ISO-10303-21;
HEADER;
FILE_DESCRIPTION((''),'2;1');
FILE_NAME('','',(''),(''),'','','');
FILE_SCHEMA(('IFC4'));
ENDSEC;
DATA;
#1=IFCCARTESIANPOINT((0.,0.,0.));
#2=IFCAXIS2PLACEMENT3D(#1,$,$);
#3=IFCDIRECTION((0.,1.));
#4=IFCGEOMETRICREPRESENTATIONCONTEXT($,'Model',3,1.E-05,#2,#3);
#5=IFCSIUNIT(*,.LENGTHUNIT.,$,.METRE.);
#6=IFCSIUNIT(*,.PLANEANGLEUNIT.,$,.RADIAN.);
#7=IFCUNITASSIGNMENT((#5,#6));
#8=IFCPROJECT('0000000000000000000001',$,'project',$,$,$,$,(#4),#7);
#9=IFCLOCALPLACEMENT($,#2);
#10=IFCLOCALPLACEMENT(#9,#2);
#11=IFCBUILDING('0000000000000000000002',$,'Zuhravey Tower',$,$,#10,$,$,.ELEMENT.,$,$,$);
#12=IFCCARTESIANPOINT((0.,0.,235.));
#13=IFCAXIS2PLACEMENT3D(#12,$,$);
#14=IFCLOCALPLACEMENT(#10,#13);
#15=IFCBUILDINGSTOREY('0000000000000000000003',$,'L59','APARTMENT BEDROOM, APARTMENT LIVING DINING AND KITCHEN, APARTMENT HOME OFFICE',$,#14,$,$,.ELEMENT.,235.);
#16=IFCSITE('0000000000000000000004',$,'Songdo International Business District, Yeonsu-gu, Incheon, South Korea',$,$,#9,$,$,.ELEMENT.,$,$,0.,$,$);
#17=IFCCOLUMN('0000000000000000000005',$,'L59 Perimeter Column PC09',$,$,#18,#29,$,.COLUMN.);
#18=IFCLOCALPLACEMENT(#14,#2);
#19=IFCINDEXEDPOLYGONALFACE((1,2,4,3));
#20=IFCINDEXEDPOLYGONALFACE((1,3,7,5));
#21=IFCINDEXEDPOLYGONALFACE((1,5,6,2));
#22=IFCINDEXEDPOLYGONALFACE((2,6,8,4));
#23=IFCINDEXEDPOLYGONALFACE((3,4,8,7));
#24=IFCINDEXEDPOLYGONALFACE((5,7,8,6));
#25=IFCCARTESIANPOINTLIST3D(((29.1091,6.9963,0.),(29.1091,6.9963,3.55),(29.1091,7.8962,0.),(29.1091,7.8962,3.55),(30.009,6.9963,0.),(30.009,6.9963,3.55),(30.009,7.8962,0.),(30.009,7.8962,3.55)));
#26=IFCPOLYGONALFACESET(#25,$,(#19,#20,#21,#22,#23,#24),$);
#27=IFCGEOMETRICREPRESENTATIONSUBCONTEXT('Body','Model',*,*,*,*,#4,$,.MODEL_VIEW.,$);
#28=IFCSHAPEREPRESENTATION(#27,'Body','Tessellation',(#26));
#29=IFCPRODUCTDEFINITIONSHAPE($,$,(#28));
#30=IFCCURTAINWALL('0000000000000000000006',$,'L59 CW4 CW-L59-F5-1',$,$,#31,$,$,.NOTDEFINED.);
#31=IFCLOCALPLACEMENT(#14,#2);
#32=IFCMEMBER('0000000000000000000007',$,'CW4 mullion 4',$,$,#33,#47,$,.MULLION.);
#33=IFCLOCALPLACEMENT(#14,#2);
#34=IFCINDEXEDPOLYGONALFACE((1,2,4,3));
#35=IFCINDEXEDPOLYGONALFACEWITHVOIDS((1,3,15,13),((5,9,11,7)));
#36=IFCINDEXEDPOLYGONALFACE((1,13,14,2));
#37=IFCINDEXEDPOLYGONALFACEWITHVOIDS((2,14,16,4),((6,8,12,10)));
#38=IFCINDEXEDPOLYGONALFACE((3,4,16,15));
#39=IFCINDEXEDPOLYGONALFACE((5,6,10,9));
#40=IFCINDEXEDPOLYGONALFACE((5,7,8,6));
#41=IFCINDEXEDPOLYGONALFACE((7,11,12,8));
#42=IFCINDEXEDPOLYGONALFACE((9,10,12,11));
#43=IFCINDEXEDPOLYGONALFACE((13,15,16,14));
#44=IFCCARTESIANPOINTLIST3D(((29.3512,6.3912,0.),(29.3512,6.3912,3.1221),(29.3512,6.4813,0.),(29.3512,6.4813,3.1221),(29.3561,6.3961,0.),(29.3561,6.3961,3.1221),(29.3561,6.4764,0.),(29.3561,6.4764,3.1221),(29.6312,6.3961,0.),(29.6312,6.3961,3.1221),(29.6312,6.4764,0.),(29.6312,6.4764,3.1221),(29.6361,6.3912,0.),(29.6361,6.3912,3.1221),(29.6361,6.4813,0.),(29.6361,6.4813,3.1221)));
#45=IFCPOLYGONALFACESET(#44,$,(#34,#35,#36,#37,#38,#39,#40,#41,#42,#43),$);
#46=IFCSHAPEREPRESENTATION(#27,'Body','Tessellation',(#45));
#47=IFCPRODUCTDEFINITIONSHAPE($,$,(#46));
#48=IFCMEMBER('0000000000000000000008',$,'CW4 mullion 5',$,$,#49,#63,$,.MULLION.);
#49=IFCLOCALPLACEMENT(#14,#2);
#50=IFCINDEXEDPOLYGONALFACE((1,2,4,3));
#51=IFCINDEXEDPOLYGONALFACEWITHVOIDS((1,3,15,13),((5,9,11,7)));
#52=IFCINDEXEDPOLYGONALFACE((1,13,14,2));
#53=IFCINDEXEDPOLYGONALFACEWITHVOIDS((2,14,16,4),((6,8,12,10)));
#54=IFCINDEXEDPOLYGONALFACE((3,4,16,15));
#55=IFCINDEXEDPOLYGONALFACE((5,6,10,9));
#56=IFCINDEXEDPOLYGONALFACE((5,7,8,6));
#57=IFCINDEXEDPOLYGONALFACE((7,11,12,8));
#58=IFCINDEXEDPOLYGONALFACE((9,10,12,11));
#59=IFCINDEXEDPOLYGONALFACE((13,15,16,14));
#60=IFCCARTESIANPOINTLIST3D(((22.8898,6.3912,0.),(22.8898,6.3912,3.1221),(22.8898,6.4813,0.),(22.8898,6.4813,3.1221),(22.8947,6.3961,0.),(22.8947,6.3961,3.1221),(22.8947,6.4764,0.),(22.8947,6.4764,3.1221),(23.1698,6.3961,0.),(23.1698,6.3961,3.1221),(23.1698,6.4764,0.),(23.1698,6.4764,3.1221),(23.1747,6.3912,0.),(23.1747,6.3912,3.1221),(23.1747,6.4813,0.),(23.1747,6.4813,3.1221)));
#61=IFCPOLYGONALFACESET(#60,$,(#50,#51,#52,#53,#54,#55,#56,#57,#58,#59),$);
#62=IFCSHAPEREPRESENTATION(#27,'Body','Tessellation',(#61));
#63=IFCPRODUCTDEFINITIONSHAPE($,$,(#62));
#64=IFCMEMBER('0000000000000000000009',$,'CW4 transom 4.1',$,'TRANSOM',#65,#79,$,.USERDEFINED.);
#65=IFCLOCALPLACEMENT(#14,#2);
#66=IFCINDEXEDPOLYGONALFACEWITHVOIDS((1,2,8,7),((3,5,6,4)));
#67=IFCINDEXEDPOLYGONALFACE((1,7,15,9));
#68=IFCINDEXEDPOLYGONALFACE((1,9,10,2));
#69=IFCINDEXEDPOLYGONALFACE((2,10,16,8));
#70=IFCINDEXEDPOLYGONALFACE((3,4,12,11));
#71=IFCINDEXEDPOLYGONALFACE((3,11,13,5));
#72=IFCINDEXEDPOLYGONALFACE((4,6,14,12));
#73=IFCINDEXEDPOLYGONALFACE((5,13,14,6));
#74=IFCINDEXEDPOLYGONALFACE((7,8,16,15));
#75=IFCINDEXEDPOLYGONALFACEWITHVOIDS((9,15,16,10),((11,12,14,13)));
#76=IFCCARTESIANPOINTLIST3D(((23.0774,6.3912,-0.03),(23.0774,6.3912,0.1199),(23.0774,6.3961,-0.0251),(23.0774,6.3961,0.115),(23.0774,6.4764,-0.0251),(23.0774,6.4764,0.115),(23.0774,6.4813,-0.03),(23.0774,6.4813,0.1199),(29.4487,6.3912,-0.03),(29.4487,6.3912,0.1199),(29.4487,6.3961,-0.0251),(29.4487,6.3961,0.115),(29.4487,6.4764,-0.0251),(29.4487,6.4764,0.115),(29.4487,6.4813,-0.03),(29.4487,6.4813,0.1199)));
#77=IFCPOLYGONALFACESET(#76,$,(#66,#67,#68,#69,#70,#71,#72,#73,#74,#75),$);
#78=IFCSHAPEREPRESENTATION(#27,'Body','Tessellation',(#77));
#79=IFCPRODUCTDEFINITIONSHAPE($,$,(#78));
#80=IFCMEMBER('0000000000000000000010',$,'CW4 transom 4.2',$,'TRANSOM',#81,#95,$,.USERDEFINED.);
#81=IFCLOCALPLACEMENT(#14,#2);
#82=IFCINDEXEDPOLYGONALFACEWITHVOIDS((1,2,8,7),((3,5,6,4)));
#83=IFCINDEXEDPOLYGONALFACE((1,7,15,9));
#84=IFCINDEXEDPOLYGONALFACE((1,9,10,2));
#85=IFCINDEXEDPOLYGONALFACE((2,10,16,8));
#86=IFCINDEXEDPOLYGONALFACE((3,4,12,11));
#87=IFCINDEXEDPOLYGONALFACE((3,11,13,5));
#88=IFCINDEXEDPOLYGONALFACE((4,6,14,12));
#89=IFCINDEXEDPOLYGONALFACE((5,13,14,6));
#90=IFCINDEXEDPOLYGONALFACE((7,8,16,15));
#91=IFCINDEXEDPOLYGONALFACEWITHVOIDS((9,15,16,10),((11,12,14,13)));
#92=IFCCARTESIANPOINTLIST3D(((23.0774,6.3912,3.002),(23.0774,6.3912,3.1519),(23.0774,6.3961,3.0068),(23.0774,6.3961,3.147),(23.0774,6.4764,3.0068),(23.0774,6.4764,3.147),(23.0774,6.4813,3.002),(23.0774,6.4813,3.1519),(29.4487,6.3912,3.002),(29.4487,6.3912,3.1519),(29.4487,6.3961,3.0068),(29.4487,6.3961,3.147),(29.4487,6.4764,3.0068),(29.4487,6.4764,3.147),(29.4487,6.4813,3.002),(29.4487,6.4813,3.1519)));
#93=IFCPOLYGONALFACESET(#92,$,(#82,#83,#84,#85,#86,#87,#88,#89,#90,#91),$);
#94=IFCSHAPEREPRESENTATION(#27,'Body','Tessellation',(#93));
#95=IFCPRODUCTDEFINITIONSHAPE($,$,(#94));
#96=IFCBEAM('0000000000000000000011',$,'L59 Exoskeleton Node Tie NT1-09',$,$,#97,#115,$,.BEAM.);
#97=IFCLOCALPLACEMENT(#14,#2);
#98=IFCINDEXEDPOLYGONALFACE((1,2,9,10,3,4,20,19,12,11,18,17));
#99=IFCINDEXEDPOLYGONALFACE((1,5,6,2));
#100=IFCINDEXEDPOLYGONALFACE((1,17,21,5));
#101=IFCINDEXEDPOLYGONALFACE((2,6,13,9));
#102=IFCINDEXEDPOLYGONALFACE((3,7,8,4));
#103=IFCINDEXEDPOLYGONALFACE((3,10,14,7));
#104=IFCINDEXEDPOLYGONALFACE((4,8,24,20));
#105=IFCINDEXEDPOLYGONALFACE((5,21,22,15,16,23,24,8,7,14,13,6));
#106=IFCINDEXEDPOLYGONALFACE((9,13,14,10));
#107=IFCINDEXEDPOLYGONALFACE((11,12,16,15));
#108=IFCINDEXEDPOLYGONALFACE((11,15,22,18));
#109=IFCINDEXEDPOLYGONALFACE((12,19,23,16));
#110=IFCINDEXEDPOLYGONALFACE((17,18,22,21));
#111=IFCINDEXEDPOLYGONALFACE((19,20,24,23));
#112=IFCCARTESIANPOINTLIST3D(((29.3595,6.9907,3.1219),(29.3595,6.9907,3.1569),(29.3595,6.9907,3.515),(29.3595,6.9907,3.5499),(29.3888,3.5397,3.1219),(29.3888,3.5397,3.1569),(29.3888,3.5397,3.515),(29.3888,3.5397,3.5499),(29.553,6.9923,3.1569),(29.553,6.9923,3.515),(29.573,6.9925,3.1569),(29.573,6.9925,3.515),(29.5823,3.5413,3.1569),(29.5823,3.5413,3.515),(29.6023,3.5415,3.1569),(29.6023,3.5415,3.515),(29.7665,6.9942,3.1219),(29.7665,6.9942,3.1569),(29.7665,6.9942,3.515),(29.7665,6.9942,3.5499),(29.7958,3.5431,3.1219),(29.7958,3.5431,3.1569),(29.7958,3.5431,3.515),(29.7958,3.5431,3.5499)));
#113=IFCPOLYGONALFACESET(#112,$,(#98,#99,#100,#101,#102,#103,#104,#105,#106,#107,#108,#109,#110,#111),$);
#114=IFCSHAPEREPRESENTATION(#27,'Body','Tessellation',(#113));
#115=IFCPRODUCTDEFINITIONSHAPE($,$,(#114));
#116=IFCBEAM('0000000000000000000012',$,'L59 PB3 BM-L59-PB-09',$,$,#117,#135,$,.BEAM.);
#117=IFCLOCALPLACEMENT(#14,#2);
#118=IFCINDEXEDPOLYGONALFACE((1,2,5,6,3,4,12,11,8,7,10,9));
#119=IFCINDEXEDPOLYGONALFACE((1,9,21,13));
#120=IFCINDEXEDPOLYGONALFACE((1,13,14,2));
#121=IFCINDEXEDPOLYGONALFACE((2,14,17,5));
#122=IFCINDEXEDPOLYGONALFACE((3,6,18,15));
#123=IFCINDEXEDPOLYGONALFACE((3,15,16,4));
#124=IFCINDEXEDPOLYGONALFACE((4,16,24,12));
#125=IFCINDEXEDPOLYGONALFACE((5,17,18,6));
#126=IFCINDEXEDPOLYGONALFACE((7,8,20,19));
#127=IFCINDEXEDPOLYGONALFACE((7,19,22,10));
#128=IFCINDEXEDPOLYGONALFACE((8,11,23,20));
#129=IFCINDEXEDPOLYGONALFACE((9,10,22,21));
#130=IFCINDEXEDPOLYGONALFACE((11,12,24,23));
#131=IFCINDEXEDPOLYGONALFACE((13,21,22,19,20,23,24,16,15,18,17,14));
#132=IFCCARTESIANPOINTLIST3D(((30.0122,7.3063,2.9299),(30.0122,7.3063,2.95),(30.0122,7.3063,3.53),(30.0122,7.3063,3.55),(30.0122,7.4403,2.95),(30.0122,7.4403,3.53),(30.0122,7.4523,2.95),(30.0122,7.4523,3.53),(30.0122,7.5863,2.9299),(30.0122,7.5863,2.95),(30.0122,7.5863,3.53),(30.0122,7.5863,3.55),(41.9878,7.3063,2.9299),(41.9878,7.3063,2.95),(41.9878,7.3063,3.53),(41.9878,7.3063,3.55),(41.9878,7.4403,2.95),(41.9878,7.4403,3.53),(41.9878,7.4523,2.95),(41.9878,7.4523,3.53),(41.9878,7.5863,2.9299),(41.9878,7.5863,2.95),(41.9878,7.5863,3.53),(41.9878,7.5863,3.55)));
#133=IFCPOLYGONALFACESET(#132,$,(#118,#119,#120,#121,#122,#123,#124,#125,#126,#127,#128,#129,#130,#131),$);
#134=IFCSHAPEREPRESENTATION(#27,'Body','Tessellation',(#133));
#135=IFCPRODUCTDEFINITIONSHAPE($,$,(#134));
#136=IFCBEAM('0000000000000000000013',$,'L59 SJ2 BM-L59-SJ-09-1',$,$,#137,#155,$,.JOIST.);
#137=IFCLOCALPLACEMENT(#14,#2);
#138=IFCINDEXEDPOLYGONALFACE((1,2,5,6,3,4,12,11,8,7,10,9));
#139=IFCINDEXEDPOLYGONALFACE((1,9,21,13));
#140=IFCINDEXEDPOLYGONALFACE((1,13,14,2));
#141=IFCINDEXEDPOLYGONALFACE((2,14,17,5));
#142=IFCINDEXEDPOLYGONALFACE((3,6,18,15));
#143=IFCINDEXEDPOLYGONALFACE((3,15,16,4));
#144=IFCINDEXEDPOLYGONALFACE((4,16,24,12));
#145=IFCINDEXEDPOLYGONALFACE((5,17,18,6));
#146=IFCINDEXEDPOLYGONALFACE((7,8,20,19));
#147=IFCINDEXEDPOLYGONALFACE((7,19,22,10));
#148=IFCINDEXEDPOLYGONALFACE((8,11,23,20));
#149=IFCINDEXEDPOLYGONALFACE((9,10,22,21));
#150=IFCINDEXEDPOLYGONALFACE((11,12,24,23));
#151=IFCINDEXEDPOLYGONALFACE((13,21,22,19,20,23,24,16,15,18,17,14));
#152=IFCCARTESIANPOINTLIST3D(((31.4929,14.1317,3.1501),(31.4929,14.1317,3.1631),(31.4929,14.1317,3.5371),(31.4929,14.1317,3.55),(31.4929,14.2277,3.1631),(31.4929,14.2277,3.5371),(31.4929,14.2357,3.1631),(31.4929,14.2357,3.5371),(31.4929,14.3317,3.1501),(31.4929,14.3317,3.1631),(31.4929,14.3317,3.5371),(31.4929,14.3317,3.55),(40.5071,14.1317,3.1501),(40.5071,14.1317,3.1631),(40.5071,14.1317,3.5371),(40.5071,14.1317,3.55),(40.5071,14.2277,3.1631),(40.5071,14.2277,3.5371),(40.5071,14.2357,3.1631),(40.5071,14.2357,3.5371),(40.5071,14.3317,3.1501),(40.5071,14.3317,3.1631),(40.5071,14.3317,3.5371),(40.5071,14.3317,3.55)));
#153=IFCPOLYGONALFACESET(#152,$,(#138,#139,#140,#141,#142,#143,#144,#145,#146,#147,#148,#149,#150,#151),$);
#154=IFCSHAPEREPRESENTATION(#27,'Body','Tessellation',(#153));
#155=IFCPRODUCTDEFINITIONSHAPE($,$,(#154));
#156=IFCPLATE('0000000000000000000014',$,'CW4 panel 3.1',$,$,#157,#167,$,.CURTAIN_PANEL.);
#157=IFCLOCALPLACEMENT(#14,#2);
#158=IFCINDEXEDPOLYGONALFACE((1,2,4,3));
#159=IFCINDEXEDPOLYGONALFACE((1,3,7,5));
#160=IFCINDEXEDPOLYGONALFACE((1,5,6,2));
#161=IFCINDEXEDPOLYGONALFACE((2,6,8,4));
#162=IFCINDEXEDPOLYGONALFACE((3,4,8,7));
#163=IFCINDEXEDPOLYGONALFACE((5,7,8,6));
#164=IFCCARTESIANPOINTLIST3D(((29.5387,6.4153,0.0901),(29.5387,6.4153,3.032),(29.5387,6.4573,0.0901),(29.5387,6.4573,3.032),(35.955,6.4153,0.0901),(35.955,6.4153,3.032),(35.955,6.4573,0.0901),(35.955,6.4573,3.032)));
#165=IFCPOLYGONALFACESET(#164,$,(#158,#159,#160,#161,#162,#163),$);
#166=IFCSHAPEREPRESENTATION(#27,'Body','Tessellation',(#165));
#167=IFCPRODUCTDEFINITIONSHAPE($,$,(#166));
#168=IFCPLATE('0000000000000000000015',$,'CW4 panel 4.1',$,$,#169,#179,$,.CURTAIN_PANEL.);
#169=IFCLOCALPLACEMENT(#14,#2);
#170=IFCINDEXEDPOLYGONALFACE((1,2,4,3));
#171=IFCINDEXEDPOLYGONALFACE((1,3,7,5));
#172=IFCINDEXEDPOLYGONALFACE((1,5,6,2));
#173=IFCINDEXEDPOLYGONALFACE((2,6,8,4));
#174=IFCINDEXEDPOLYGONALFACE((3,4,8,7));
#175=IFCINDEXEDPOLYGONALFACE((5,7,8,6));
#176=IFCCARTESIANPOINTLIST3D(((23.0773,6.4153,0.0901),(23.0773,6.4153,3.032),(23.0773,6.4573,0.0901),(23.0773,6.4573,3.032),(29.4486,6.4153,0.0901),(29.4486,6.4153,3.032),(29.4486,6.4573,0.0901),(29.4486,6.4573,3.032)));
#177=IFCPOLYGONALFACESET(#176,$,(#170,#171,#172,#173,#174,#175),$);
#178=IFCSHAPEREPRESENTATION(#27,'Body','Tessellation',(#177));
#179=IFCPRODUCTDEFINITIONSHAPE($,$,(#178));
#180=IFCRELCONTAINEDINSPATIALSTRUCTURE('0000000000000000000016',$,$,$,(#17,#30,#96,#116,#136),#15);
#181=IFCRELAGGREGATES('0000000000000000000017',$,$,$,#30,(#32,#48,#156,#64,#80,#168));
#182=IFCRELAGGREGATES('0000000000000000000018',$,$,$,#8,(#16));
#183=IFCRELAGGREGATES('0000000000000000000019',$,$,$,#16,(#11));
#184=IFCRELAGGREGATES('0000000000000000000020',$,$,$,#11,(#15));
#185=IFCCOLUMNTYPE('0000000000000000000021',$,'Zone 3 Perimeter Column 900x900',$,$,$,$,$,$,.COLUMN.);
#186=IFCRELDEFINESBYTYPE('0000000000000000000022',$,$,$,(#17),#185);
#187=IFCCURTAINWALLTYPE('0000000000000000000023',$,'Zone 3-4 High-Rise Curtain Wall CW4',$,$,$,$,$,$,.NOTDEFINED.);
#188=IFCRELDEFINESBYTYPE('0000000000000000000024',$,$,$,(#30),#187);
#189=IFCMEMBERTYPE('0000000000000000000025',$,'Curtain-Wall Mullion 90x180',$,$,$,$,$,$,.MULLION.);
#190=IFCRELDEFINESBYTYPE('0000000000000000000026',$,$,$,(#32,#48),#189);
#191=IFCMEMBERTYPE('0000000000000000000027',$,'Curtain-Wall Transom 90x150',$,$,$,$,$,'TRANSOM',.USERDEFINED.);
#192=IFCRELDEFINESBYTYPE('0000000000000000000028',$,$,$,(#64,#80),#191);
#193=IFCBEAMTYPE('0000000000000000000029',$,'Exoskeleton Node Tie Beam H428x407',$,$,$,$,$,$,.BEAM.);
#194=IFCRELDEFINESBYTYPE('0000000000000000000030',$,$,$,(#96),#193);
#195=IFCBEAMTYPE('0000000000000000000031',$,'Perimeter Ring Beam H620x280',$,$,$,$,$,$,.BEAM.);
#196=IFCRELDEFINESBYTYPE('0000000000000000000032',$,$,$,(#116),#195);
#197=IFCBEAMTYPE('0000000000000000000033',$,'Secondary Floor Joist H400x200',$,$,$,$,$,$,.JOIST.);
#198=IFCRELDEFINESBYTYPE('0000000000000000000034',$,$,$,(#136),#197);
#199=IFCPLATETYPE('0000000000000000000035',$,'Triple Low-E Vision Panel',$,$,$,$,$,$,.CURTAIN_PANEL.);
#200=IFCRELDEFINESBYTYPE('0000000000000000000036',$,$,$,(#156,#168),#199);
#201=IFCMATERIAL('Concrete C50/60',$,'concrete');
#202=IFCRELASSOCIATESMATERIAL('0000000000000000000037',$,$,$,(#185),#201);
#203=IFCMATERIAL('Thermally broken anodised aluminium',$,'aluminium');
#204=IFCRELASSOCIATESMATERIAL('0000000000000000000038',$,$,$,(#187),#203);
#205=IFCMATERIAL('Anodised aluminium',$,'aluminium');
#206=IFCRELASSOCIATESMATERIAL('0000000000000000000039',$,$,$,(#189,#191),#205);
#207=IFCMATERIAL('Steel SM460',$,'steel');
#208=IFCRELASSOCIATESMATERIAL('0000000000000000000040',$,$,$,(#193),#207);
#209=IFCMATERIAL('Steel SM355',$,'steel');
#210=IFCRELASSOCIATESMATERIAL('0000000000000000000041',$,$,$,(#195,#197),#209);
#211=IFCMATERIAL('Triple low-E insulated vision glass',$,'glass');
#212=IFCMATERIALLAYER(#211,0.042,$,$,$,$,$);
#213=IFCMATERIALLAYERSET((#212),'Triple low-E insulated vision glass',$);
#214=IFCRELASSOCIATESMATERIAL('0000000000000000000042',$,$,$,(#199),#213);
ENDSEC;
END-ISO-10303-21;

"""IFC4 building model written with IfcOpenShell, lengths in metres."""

from ifc_helpers import new_model, si_unit, direction, frame, origin, origin_2d, place, context, subcontext, project, spatial, rectangle, hollow_rectangle, i_section, extrude, material, layer, layer_set, material_profile, profile_set, type_object, element, aggregate, save


model = new_model("IFC4")

# Units and contexts
model_context = context("Model", 3, precision=1e-05, world=origin(), true_north=direction((0.0, 1.0)))
body_context = subcontext(model_context, "Body", "Model", "MODEL_VIEW")
ifc_project = project(units=[si_unit("LENGTHUNIT", "METRE"), si_unit("PLANEANGLEUNIT", "RADIAN")], contexts=[model_context])

# Site, building, storey
site_placement = place(None, origin())
site = spatial("IfcSite", under=ifc_project, at=site_placement, Name="Songdo International Business District, Yeonsu-gu, Incheon, South Korea", CompositionType="ELEMENT", RefElevation=0.0)
building_placement = place(site_placement, origin())
building = spatial("IfcBuilding", under=site, at=building_placement, Name="Zuhravey Tower", CompositionType="ELEMENT")
storey_placement = place(building_placement, frame((0.0, 0.0, 235.0)))
storey = spatial("IfcBuildingStorey", under=building, at=storey_placement, Name="L59", Description="APARTMENT BEDROOM, APARTMENT LIVING DINING AND KITCHEN, APARTMENT HOME OFFICE", CompositionType="ELEMENT", Elevation=235.0)

# Column
ifc_material_1 = material(Name="Concrete C50/60", Category="concrete")
ifc_material_profile_1 = material_profile(ifc_material_1, rectangle(XDim=0.8999, YDim=0.8999, at=origin_2d()), Name="RC-900x900")
ifc_profile_set_1 = profile_set([ifc_material_profile_1], Name="Concrete C50/60")
column_type = type_object("IfcColumnType", Name="Zone 3 Perimeter Column 900x900", PredefinedType="COLUMN", material=ifc_profile_set_1)
column_placement = place(storey_placement, frame((29.5591, 7.4463, 0.0), z_axis=(0.0, 0.0, 1.0), x_axis=(1.0, 0.0, 0.0)))
element("IfcColumn", 1, at=column_placement, inside=storey, type_object=column_type, Name="L59 Perimeter Column PC09", PredefinedType="COLUMN", context=body_context, shape_type="SweptSolid", body=[
    extrude(rectangle(XDim=0.8999, YDim=0.8999, at=origin_2d()), origin(), (0.0, 0.0, 1.0), 3.55),
])

# Curtain wall, members
ifc_material_2 = material(Name="Thermally broken anodised aluminium", Category="aluminium")
curtain_wall_type = type_object("IfcCurtainWallType", Name="Zone 3-4 High-Rise Curtain Wall CW4", PredefinedType="NOTDEFINED", material=ifc_material_2)
curtain_wall_placement = place(storey_placement, origin())
curtain_wall = element("IfcCurtainWall", 2, at=curtain_wall_placement, inside=storey, type_object=curtain_wall_type, Name="L59 CW4 CW-L59-F5-1", PredefinedType="NOTDEFINED")
ifc_material_3 = material(Name="Anodised aluminium", Category="aluminium")
ifc_material_profile_2 = material_profile(ifc_material_3, hollow_rectangle(XDim=0.0901, YDim=0.2849, WallThickness=0.0049, at=origin_2d()), Name="ALU-RHS-90x285x5")
ifc_profile_set_2 = profile_set([ifc_material_profile_2], Name="Anodised aluminium")
member_type_1 = type_object("IfcMemberType", Name="Curtain-Wall Mullion 90x180", PredefinedType="MULLION", material=ifc_profile_set_2)
member_1_placement = place(storey_placement, frame((29.4937, 6.4363, 0.0), z_axis=(0.0, 0.0, 1.0), x_axis=(0.0, -1.0, 0.0)))
member_1 = element("IfcMember", 3, at=member_1_placement, type_object=member_type_1, Name="CW4 mullion 4", PredefinedType="MULLION", context=body_context, shape_type="SweptSolid", body=[
    extrude(hollow_rectangle(XDim=0.0901, YDim=0.2849, WallThickness=0.0049, at=origin_2d()), origin(), (0.0, 0.0, 1.0), 3.1221),
])
member_2_placement = place(storey_placement, frame((23.0322, 6.4363, 0.0), z_axis=(0.0, 0.0, 1.0), x_axis=(0.0, -1.0, 0.0)))
member_2 = element("IfcMember", 4, at=member_2_placement, type_object=member_type_1, Name="CW4 mullion 5", PredefinedType="MULLION", context=body_context, shape_type="SweptSolid", body=[
    extrude(hollow_rectangle(XDim=0.0901, YDim=0.2849, WallThickness=0.0049, at=origin_2d()), origin(), (0.0, 0.0, 1.0), 3.1221),
])
ifc_material_profile_3 = material_profile(ifc_material_3, hollow_rectangle(XDim=0.0901, YDim=0.1499, WallThickness=0.0049, at=origin_2d()), Name="ALU-RHS-90x150x5")
ifc_profile_set_3 = profile_set([ifc_material_profile_3], Name="Anodised aluminium")
member_type_2 = type_object("IfcMemberType", Name="Curtain-Wall Transom 90x150", ElementType="TRANSOM", PredefinedType="USERDEFINED", material=ifc_profile_set_3)
member_3_placement = place(storey_placement, frame((29.4487, 6.4363, 0.0449), z_axis=(-1.0, 0.0, 0.0), x_axis=(0.0, -1.0, 0.0)))
member_3 = element("IfcMember", 5, at=member_3_placement, type_object=member_type_2, Name="CW4 transom 4.1", ObjectType="TRANSOM", PredefinedType="USERDEFINED", context=body_context, shape_type="SweptSolid", body=[
    extrude(hollow_rectangle(XDim=0.0901, YDim=0.1499, WallThickness=0.0049, at=origin_2d()), origin(), (0.0, 0.0, 1.0), 6.3713),
])
member_4_placement = place(storey_placement, frame((29.4487, 6.4363, 3.0769), z_axis=(-1.0, 0.0, 0.0), x_axis=(0.0, -1.0, 0.0)))
member_4 = element("IfcMember", 6, at=member_4_placement, type_object=member_type_2, Name="CW4 transom 4.2", ObjectType="TRANSOM", PredefinedType="USERDEFINED", context=body_context, shape_type="SweptSolid", body=[
    extrude(hollow_rectangle(XDim=0.0901, YDim=0.1499, WallThickness=0.0049, at=origin_2d()), origin(), (0.0, 0.0, 1.0), 6.3713),
])

# Beams
ifc_material_4 = material(Name="Steel SM460", Category="steel")
ifc_material_profile_4 = material_profile(ifc_material_4, i_section(OverallWidth=0.407, OverallDepth=0.428, WebThickness=0.02, FlangeThickness=0.0349, at=origin_2d()), Name="H-428x407x20x35")
ifc_profile_set_4 = profile_set([ifc_material_profile_4], Name="Steel SM460")
beam_type_1 = type_object("IfcBeamType", Name="Exoskeleton Node Tie Beam H428x407", PredefinedType="BEAM", material=ifc_profile_set_4)
beam_1_placement = place(storey_placement, frame((29.563, 6.9924, 3.3359), z_axis=(0.008489, -0.999964, 0.0), x_axis=(0.999964, 0.008489, 0.0)))
element("IfcBeam", 7, at=beam_1_placement, inside=storey, type_object=beam_type_1, Name="L59 Exoskeleton Node Tie NT1-09", PredefinedType="BEAM", context=body_context, shape_type="SweptSolid", body=[
    extrude(i_section(OverallWidth=0.407, OverallDepth=0.428, WebThickness=0.02, FlangeThickness=0.0349, at=origin_2d()), origin(), (0.0, 0.0, 1.0), 3.4512),
])
ifc_material_5 = material(Name="Steel SM355", Category="steel")
ifc_material_profile_5 = material_profile(ifc_material_5, i_section(OverallWidth=0.28, OverallDepth=0.6201, WebThickness=0.012, FlangeThickness=0.02, at=origin_2d()), Name="H-620x280x12x20")
ifc_profile_set_5 = profile_set([ifc_material_profile_5], Name="Steel SM355")
beam_type_2 = type_object("IfcBeamType", Name="Perimeter Ring Beam H620x280", PredefinedType="BEAM", material=ifc_profile_set_5)
beam_2_placement = place(storey_placement, frame((30.0122, 7.4463, 3.24), z_axis=(1.0, 0.0, 0.0), x_axis=(0.0, 1.0, 0.0)))
element("IfcBeam", 8, at=beam_2_placement, inside=storey, type_object=beam_type_2, Name="L59 PB3 BM-L59-PB-09", PredefinedType="BEAM", context=body_context, shape_type="SweptSolid", body=[
    extrude(i_section(OverallWidth=0.28, OverallDepth=0.6201, WebThickness=0.012, FlangeThickness=0.02, at=origin_2d()), origin(), (0.0, 0.0, 1.0), 11.9756),
])
ifc_material_profile_6 = material_profile(ifc_material_5, i_section(OverallWidth=0.2, OverallDepth=0.3999, WebThickness=0.0081, FlangeThickness=0.0129, at=origin_2d()), Name="H-400x200x8x13")
ifc_profile_set_6 = profile_set([ifc_material_profile_6], Name="Steel SM355")
beam_type_3 = type_object("IfcBeamType", Name="Secondary Floor Joist H400x200", PredefinedType="JOIST", material=ifc_profile_set_6)
beam_3_placement = place(storey_placement, frame((31.4929, 14.2317, 3.3501), z_axis=(1.0, 0.0, 0.0), x_axis=(0.0, 1.0, 0.0)))
element("IfcBeam", 9, at=beam_3_placement, inside=storey, type_object=beam_type_3, Name="L59 SJ2 BM-L59-SJ-09-1", PredefinedType="JOIST", context=body_context, shape_type="SweptSolid", body=[
    extrude(i_section(OverallWidth=0.2, OverallDepth=0.3999, WebThickness=0.0081, FlangeThickness=0.0129, at=origin_2d()), origin(), (0.0, 0.0, 1.0), 9.0142),
])

# Plates
ifc_material_6 = material(Name="Triple low-E insulated vision glass", Category="glass")
ifc_layer_1 = layer(ifc_material_6, 0.042)
ifc_layer_set_1 = layer_set([ifc_layer_1], Name="Triple low-E insulated vision glass")
plate_type = type_object("IfcPlateType", Name="Triple Low-E Vision Panel", PredefinedType="CURTAIN_PANEL", material=ifc_layer_set_1)
plate_1_placement = place(storey_placement, frame((32.7468, 6.4363, 0.0901), z_axis=(0.0, 0.0, 1.0), x_axis=(-1.0, 0.0, 0.0)))
plate_1 = element("IfcPlate", 10, at=plate_1_placement, type_object=plate_type, Name="CW4 panel 3.1", PredefinedType="CURTAIN_PANEL", context=body_context, shape_type="SweptSolid", body=[
    extrude(rectangle(XDim=6.4163, YDim=0.042, at=origin_2d()), origin(), (0.0, 0.0, 1.0), 2.9419),
])
plate_2_placement = place(storey_placement, frame((26.2629, 6.4363, 0.0901), z_axis=(0.0, 0.0, 1.0), x_axis=(-1.0, 0.0, 0.0)))
plate_2 = element("IfcPlate", 11, at=plate_2_placement, type_object=plate_type, Name="CW4 panel 4.1", PredefinedType="CURTAIN_PANEL", context=body_context, shape_type="SweptSolid", body=[
    extrude(rectangle(XDim=6.3713, YDim=0.042, at=origin_2d()), origin(), (0.0, 0.0, 1.0), 2.9419),
])
aggregate(curtain_wall, [member_1, member_2, plate_1, member_3, member_4, plate_2])

save(model, "model.ifc")
